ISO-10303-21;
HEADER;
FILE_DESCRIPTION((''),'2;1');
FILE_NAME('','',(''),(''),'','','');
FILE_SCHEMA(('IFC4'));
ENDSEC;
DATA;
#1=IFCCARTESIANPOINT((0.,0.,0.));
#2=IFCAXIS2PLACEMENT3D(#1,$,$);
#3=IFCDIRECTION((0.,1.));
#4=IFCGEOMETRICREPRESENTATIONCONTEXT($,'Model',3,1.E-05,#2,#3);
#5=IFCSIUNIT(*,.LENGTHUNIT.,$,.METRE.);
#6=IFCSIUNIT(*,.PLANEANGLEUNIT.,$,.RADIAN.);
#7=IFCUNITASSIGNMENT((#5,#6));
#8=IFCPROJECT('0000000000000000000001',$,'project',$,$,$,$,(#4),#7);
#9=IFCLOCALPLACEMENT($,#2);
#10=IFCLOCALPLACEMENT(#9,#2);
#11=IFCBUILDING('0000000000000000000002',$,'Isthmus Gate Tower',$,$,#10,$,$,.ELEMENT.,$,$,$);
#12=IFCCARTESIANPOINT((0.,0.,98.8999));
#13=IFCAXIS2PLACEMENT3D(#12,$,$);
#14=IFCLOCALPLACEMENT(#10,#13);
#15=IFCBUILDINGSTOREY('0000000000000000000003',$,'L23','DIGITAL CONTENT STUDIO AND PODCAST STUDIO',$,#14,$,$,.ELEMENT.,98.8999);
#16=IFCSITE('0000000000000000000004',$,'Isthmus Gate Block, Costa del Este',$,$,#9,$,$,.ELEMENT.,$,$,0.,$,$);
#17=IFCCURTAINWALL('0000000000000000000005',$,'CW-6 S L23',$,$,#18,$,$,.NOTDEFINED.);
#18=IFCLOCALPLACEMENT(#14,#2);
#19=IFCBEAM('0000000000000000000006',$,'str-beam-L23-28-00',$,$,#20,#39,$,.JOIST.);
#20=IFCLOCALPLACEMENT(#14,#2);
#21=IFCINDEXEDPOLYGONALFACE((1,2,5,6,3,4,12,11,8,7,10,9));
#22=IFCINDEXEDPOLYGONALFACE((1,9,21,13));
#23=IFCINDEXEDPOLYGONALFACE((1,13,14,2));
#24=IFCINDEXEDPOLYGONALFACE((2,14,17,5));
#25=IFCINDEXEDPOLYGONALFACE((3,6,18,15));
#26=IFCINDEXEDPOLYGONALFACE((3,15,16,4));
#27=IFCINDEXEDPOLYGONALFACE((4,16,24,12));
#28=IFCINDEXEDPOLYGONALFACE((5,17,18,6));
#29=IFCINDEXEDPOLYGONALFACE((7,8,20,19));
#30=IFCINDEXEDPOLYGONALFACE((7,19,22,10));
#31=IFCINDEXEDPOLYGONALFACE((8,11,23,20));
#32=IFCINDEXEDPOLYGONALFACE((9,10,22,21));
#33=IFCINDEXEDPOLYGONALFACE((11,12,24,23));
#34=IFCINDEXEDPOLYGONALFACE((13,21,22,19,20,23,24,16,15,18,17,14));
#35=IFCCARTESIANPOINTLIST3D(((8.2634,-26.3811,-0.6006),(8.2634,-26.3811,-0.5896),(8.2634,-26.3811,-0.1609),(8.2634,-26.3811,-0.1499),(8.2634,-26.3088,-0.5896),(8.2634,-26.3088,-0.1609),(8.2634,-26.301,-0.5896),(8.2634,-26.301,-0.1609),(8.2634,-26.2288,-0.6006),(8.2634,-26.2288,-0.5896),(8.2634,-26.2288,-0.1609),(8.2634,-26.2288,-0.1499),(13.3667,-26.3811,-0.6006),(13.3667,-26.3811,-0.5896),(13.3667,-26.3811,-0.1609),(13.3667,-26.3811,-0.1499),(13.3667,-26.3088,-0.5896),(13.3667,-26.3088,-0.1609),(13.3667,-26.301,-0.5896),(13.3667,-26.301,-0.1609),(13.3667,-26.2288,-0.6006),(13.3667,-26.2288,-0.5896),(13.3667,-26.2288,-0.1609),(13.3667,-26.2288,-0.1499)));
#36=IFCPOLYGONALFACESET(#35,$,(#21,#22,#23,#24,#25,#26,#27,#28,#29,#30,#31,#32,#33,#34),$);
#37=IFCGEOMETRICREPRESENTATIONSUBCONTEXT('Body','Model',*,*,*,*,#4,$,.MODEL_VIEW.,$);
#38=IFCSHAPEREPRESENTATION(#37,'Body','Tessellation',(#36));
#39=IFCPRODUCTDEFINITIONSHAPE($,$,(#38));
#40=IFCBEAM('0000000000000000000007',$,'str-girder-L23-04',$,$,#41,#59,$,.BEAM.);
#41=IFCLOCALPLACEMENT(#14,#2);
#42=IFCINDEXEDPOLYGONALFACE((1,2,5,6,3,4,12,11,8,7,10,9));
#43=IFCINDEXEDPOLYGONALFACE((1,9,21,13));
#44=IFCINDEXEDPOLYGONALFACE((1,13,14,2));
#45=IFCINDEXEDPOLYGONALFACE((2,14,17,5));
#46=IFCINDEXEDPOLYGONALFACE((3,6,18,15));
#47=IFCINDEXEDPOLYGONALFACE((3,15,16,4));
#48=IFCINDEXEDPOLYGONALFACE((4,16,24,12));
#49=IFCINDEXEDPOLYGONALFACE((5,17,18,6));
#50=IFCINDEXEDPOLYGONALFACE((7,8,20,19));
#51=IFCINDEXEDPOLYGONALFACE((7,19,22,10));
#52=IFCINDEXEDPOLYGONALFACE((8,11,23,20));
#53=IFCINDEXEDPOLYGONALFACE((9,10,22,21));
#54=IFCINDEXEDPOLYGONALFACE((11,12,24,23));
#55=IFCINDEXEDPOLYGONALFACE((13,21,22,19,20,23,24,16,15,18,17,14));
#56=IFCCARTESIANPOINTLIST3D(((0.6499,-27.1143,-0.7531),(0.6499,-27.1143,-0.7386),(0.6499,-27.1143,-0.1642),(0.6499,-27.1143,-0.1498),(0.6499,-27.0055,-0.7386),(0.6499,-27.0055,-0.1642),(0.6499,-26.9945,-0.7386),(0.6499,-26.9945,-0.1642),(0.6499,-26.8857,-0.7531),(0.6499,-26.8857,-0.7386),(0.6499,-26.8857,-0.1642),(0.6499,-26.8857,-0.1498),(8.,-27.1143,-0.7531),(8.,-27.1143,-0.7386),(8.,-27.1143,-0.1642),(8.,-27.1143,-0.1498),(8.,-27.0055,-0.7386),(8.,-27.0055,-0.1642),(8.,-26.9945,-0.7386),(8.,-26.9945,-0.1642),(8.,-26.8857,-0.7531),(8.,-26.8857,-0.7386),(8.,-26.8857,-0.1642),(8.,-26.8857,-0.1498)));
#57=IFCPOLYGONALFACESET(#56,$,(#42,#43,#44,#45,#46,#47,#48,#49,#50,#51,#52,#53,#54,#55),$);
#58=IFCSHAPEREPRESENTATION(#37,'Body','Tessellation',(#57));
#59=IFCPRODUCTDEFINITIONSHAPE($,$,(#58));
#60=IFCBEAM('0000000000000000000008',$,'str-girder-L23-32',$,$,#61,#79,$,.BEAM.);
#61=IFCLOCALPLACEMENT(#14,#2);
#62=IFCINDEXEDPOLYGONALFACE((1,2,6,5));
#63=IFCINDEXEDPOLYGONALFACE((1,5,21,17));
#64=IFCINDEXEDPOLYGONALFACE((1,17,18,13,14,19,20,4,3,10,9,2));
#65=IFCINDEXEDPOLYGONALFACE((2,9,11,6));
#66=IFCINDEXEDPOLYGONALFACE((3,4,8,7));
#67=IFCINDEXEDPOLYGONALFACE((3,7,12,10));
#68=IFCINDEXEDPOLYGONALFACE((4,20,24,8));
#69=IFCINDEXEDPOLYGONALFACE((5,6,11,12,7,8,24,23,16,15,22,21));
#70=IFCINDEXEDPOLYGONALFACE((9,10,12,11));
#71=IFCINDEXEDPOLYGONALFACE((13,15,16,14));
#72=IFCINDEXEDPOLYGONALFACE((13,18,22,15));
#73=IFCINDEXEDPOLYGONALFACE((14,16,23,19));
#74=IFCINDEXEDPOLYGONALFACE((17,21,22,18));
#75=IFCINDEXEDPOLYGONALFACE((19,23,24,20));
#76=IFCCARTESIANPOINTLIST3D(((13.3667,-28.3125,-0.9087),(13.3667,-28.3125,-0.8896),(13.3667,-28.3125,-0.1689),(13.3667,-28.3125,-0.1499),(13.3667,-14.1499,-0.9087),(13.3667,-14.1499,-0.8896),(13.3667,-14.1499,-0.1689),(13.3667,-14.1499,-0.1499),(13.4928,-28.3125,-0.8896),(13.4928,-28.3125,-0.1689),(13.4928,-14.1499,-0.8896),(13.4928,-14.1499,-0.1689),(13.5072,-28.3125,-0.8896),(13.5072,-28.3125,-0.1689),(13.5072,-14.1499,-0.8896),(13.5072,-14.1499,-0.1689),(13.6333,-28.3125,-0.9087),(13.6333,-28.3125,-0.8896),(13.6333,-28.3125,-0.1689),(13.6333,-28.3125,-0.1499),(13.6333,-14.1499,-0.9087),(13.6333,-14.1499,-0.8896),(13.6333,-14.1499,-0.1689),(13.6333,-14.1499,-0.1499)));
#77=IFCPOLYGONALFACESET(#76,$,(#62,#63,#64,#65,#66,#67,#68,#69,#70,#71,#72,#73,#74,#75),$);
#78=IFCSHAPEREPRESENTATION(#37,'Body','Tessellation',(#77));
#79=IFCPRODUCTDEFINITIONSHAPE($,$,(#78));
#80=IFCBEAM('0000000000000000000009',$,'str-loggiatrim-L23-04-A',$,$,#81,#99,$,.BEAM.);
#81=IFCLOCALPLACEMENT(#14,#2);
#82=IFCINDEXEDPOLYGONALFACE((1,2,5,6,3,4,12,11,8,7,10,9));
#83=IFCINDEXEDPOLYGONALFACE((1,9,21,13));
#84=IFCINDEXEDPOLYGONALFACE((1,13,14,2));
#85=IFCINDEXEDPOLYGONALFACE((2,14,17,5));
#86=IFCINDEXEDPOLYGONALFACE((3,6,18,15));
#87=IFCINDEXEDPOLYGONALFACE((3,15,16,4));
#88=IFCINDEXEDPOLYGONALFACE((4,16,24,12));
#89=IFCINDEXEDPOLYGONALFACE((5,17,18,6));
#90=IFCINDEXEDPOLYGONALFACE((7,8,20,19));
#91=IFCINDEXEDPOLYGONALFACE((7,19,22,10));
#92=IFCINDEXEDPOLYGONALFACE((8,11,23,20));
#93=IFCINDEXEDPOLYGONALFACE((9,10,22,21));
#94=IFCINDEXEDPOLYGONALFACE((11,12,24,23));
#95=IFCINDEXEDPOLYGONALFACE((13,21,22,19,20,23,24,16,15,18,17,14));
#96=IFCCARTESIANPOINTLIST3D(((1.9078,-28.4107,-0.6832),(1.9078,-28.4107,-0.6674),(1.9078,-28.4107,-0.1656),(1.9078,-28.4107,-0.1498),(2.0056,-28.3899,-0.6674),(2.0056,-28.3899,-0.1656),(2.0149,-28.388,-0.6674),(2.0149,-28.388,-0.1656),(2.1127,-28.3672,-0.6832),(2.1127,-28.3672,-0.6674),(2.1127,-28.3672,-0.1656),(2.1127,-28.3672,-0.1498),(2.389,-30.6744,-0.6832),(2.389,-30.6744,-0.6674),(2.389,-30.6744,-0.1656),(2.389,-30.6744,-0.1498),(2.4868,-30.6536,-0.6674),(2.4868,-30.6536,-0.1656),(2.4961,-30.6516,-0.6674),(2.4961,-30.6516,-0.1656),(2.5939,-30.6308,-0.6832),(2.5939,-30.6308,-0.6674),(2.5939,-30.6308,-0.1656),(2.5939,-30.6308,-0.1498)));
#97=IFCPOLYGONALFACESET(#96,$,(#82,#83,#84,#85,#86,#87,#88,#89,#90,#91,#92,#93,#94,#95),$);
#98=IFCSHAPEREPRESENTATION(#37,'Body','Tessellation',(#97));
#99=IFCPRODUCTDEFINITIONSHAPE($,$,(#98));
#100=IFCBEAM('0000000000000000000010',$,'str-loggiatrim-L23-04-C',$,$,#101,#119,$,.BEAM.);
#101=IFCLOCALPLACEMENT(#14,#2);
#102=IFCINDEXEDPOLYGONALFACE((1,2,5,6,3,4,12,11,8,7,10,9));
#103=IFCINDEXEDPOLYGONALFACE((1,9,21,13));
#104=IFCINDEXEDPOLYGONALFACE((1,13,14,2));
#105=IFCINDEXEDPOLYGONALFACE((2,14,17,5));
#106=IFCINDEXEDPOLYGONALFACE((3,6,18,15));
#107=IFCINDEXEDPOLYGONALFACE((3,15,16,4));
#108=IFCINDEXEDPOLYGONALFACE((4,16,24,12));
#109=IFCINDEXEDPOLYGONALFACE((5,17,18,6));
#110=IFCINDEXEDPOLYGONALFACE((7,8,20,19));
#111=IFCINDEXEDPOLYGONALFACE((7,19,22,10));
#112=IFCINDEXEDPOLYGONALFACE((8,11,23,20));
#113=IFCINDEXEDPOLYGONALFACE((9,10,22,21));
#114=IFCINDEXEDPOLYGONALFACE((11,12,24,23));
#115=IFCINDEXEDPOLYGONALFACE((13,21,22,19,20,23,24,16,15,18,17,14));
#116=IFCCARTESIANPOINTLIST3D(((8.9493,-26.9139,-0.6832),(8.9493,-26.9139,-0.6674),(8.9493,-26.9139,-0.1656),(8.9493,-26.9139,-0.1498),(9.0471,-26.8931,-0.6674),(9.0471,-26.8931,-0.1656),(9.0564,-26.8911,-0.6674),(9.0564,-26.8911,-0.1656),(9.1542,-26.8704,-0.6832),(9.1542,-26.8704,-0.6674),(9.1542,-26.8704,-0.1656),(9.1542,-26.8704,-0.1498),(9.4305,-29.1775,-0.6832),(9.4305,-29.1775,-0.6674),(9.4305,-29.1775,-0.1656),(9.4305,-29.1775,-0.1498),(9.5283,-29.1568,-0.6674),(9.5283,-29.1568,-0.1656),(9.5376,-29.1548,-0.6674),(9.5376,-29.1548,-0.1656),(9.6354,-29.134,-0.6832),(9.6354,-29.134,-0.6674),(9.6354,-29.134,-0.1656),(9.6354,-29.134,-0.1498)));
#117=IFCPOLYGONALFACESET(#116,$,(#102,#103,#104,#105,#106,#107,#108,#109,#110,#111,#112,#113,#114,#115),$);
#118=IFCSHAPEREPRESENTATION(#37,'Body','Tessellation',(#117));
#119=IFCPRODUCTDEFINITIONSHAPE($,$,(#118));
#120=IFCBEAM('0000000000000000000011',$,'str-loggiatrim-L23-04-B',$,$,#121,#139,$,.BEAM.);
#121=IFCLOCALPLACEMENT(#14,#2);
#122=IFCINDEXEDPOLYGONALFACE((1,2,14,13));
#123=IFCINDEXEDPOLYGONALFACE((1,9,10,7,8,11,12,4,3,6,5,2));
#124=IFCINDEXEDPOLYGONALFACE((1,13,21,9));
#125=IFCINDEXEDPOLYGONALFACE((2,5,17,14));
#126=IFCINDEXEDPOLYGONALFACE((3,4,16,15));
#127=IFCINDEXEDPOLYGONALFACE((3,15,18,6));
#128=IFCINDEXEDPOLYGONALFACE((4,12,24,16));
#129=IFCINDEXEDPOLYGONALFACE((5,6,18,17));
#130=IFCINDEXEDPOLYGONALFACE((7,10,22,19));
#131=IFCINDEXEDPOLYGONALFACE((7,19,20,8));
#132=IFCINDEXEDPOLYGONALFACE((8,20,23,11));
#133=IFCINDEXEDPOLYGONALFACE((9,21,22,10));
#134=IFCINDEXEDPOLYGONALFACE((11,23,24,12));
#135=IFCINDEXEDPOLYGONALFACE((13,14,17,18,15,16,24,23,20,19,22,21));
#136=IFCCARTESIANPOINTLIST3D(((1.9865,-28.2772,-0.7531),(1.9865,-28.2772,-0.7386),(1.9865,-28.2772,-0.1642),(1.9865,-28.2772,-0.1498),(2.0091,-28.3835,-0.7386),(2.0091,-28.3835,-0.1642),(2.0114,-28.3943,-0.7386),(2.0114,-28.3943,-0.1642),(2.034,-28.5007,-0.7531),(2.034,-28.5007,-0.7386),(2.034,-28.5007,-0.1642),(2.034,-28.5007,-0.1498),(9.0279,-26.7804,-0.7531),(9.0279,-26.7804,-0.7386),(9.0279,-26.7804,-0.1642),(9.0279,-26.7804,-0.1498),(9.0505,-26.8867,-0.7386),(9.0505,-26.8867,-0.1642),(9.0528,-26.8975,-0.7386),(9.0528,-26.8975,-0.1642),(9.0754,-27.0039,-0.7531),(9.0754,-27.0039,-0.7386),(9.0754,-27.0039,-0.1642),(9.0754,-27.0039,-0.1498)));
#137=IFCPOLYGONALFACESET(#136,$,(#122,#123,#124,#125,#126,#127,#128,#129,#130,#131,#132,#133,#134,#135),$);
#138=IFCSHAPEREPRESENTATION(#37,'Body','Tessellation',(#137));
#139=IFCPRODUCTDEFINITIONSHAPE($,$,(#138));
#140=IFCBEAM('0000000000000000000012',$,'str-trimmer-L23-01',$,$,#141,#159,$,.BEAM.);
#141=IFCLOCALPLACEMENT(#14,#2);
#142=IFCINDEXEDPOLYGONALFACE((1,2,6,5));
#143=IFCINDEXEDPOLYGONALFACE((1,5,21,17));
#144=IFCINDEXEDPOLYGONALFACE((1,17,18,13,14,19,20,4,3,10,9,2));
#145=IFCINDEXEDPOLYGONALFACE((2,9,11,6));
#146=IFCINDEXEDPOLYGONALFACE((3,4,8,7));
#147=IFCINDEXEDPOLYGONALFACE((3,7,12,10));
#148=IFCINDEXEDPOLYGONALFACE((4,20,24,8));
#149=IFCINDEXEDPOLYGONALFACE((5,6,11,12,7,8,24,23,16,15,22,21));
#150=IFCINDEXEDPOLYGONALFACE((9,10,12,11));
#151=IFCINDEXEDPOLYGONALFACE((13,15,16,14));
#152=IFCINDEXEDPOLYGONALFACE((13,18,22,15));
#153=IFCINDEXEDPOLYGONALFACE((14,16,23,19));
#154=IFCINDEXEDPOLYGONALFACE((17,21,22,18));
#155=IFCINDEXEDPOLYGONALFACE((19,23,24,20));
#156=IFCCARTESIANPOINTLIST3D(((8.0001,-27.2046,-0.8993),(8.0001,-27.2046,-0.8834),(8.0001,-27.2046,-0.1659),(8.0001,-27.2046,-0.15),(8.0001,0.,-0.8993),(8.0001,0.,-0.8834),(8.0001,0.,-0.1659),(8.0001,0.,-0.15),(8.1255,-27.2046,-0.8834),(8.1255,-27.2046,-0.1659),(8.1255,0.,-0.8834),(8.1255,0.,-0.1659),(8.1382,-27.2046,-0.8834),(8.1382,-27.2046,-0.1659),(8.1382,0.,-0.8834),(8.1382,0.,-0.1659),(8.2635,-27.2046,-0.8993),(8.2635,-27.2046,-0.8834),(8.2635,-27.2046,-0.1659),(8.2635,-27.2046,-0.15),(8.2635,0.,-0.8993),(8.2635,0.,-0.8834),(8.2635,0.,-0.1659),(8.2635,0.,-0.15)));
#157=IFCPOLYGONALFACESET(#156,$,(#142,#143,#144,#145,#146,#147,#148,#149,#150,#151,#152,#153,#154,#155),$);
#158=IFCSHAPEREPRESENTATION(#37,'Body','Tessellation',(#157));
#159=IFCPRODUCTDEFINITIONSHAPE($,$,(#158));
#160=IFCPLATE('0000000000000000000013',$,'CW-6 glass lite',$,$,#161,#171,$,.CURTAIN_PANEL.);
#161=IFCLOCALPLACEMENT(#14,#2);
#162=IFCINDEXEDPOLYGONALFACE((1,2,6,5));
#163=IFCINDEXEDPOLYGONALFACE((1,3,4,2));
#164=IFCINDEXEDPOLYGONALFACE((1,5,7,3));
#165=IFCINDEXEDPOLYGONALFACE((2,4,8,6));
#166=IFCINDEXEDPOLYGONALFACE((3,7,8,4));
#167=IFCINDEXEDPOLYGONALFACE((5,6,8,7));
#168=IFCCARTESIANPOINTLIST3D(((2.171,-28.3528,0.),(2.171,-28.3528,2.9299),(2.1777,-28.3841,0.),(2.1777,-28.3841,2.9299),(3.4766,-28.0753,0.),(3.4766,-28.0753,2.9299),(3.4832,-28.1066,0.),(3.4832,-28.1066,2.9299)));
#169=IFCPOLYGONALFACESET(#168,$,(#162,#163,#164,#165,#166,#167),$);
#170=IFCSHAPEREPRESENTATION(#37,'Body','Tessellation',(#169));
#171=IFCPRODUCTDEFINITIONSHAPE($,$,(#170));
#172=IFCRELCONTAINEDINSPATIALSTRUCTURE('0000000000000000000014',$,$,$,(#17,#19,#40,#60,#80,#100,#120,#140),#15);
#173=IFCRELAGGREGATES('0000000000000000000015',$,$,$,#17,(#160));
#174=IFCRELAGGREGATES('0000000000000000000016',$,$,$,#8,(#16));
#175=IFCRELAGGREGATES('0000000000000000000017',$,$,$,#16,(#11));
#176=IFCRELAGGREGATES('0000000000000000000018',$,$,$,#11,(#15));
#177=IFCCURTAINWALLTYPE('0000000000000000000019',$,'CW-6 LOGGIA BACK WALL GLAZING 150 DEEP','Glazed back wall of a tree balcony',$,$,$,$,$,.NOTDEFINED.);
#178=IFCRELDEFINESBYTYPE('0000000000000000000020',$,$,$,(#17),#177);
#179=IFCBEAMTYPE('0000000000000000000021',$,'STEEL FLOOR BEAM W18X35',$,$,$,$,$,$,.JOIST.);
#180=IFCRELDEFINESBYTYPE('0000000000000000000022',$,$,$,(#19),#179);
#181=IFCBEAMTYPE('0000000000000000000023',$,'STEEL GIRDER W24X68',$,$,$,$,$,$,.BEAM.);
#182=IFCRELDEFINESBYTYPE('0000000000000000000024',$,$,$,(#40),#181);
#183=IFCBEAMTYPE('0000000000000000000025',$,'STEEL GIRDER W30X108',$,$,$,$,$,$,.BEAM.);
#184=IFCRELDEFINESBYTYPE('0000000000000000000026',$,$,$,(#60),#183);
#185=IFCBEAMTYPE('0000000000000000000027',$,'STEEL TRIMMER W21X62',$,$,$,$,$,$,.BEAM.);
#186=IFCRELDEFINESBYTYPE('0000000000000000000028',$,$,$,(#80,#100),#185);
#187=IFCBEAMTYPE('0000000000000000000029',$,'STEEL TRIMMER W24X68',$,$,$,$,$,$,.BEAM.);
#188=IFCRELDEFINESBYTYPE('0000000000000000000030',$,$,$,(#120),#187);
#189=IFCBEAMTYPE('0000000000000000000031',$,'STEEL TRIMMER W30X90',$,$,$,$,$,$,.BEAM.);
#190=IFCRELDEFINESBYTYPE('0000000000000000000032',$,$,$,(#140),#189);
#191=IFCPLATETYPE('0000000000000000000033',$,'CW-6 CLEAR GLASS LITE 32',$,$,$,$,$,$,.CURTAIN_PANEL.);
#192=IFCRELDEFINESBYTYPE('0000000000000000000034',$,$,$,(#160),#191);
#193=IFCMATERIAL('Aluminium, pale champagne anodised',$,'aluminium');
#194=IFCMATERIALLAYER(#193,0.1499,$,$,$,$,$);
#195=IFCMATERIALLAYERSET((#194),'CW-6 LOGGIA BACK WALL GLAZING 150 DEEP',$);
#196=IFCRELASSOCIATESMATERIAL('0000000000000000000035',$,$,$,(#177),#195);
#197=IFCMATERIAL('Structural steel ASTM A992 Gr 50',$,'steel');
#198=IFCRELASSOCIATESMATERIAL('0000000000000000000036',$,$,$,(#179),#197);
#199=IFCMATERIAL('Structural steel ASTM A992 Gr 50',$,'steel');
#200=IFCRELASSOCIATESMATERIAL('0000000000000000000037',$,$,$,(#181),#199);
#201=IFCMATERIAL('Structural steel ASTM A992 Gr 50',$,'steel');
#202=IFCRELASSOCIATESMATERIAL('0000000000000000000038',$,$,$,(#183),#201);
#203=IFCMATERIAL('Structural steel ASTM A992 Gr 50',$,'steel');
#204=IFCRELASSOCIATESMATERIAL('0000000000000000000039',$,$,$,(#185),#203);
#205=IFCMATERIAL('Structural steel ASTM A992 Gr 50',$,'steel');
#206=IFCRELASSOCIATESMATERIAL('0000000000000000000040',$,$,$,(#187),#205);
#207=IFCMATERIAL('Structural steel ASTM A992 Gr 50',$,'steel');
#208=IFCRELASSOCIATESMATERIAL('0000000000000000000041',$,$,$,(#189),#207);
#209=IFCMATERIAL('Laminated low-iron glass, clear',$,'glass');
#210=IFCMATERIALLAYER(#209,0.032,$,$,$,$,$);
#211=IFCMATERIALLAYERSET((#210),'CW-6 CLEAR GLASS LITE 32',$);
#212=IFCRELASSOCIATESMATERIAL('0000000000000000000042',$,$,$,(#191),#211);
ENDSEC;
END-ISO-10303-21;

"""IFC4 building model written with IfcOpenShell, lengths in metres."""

from ifc_helpers import new_model, si_unit, direction, frame, origin, origin_2d, place, context, subcontext, project, spatial, rectangle, i_section, extrude, material, layer, layer_set, material_profile, profile_set, type_object, element, aggregate, save


model = new_model("IFC4")

# Units and contexts
model_context = context("Model", 3, precision=1e-05, world=origin(), true_north=direction((0.0, 1.0)))
body_context = subcontext(model_context, "Body", "Model", "MODEL_VIEW")
ifc_project = project(units=[si_unit("LENGTHUNIT", "METRE"), si_unit("PLANEANGLEUNIT", "RADIAN")], contexts=[model_context])

# Site, building, storey
site_placement = place(None, origin())
site = spatial("IfcSite", under=ifc_project, at=site_placement, Name="Isthmus Gate Block, Costa del Este", CompositionType="ELEMENT", RefElevation=0.0)
building_placement = place(site_placement, origin())
building = spatial("IfcBuilding", under=site, at=building_placement, Name="Isthmus Gate Tower", CompositionType="ELEMENT")
storey_placement = place(building_placement, frame((0.0, 0.0, 98.8999)))
storey = spatial("IfcBuildingStorey", under=building, at=storey_placement, Name="L23", Description="DIGITAL CONTENT STUDIO AND PODCAST STUDIO", CompositionType="ELEMENT", Elevation=98.8999)

# Curtain wall
ifc_material_1 = material(Name="Aluminium, pale champagne anodised", Category="aluminium")
ifc_layer_1 = layer(ifc_material_1, 0.1499)
ifc_layer_set_1 = layer_set([ifc_layer_1], Name="CW-6 LOGGIA BACK WALL GLAZING 150 DEEP")
curtain_wall_type_1 = type_object("IfcCurtainWallType", Name="CW-6 LOGGIA BACK WALL GLAZING 150 DEEP", Description="Glazed back wall of a tree balcony", PredefinedType="NOTDEFINED", material=ifc_layer_set_1)
curtain_wall_1_placement = place(storey_placement, origin())
curtain_wall_1 = element("IfcCurtainWall", 1, at=curtain_wall_1_placement, inside=storey, type_object=curtain_wall_type_1, Name="CW-6 S L23", PredefinedType="NOTDEFINED")

# Beams
ifc_material_2 = material(Name="Structural steel ASTM A992 Gr 50", Category="steel")
ifc_material_profile_1 = material_profile(ifc_material_2, i_section(OverallWidth=0.1523, OverallDepth=0.4507, WebThickness=0.0078, FlangeThickness=0.011, at=origin_2d()), Name="W18X35")
ifc_profile_set_1 = profile_set([ifc_material_profile_1], Name="Structural steel ASTM A992 Gr 50")
beam_type_1 = type_object("IfcBeamType", Name="STEEL FLOOR BEAM W18X35", PredefinedType="JOIST", material=ifc_profile_set_1)
beam_1_placement = place(storey_placement, frame((8.2634, -26.3049, -0.3752), z_axis=(1.0, 0.0, 0.0), x_axis=(0.0, 1.0, 0.0)))
element("IfcBeam", 2, at=beam_1_placement, inside=storey, type_object=beam_type_1, Name="str-beam-L23-28-00", PredefinedType="JOIST", context=body_context, shape_type="SweptSolid", body=[
    extrude(i_section(OverallWidth=0.1523, OverallDepth=0.4507, WebThickness=0.0078, FlangeThickness=0.011, at=origin_2d()), origin(), (0.0, 0.0, 1.0), 5.1033),
])
ifc_material_3 = material(Name="Structural steel ASTM A992 Gr 50", Category="steel")
ifc_material_profile_2 = material_profile(ifc_material_3, i_section(OverallWidth=0.2285, OverallDepth=0.6033, WebThickness=0.011, FlangeThickness=0.0144, at=origin_2d()), Name="W24X68")
ifc_profile_set_2 = profile_set([ifc_material_profile_2], Name="Structural steel ASTM A992 Gr 50")
beam_type_2 = type_object("IfcBeamType", Name="STEEL GIRDER W24X68", PredefinedType="BEAM", material=ifc_profile_set_2)
beam_2_placement = place(storey_placement, frame((0.6499, -27.0, -0.4514), z_axis=(1.0, 0.0, 0.0), x_axis=(0.0, 1.0, 0.0)))
element("IfcBeam", 3, at=beam_2_placement, inside=storey, type_object=beam_type_2, Name="str-girder-L23-04", PredefinedType="BEAM", context=body_context, shape_type="SweptSolid", body=[
    extrude(i_section(OverallWidth=0.2285, OverallDepth=0.6033, WebThickness=0.011, FlangeThickness=0.0144, at=origin_2d()), origin(), (0.0, 0.0, 1.0), 7.3501),
])
ifc_material_4 = material(Name="Structural steel ASTM A992 Gr 50", Category="steel")
ifc_material_profile_3 = material_profile(ifc_material_4, i_section(OverallWidth=0.2666, OverallDepth=0.7588, WebThickness=0.0144, FlangeThickness=0.019, at=origin_2d()), Name="W30X108")
ifc_profile_set_3 = profile_set([ifc_material_profile_3], Name="Structural steel ASTM A992 Gr 50")
beam_type_3 = type_object("IfcBeamType", Name="STEEL GIRDER W30X108", PredefinedType="BEAM", material=ifc_profile_set_3)
beam_3_placement = place(storey_placement, frame((13.5, -28.3125, -0.5293), z_axis=(0.0, 1.0, 0.0), x_axis=(-1.0, 0.0, 0.0)))
element("IfcBeam", 4, at=beam_3_placement, inside=storey, type_object=beam_type_3, Name="str-girder-L23-32", PredefinedType="BEAM", context=body_context, shape_type="SweptSolid", body=[
    extrude(i_section(OverallWidth=0.2666, OverallDepth=0.7588, WebThickness=0.0144, FlangeThickness=0.019, at=origin_2d()), origin(), (0.0, 0.0, 1.0), 14.1626),
])
ifc_material_5 = material(Name="Structural steel ASTM A992 Gr 50", Category="steel")
ifc_material_profile_4 = material_profile(ifc_material_5, i_section(OverallWidth=0.2095, OverallDepth=0.5334, WebThickness=0.0095, FlangeThickness=0.0159, at=origin_2d()), Name="W21X62")
ifc_profile_set_4 = profile_set([ifc_material_profile_4], Name="Structural steel ASTM A992 Gr 50")
beam_type_4 = type_object("IfcBeamType", Name="STEEL TRIMMER W21X62", PredefinedType="BEAM", material=ifc_profile_set_4)
for number, where, z_axis, x_axis, name in (
    (5, (2.4915, -30.6526, -0.4165), (-0.207929, 0.978144, 0.0), (-0.978144, -0.207929, 0.0), "str-loggiatrim-L23-04-A"),
    (6, (9.533, -29.1558, -0.4165), (-0.207929, 0.978144, 0.0), (-0.978144, -0.207929, 0.0), "str-loggiatrim-L23-04-C"),
):
    element("IfcBeam", number, at=place(storey_placement, frame(where, z_axis=z_axis, x_axis=x_axis)), inside=storey, type_object=beam_type_4, Name=name, PredefinedType="BEAM", context=body_context, shape_type="SweptSolid", body=[
        extrude(i_section(OverallWidth=0.2095, OverallDepth=0.5334, WebThickness=0.0095, FlangeThickness=0.0159, at=origin_2d()), origin(), (0.0, 0.0, 1.0), 2.3142),
    ])
ifc_material_6 = material(Name="Structural steel ASTM A992 Gr 50", Category="steel")
ifc_material_profile_5 = material_profile(ifc_material_6, i_section(OverallWidth=0.2285, OverallDepth=0.6033, WebThickness=0.011, FlangeThickness=0.0144, at=origin_2d()), Name="W24X68")
ifc_profile_set_5 = profile_set([ifc_material_profile_5], Name="Structural steel ASTM A992 Gr 50")
beam_type_5 = type_object("IfcBeamType", Name="STEEL TRIMMER W24X68", PredefinedType="BEAM", material=ifc_profile_set_5)
beam_4_placement = place(storey_placement, frame((2.0103, -28.3889, -0.4514), z_axis=(0.978145, 0.207926, 0.0), x_axis=(-0.207926, 0.978145, 0.0)))
element("IfcBeam", 7, at=beam_4_placement, inside=storey, type_object=beam_type_5, Name="str-loggiatrim-L23-04-B", PredefinedType="BEAM", context=body_context, shape_type="SweptSolid", body=[
    extrude(i_section(OverallWidth=0.2285, OverallDepth=0.6033, WebThickness=0.011, FlangeThickness=0.0144, at=origin_2d()), origin(), (0.0, 0.0, 1.0), 7.1987),
])
ifc_material_7 = material(Name="Structural steel ASTM A992 Gr 50", Category="steel")
ifc_material_profile_6 = material_profile(ifc_material_7, i_section(OverallWidth=0.2634, OverallDepth=0.7493, WebThickness=0.0127, FlangeThickness=0.0159, at=origin_2d()), Name="W30X90")
ifc_profile_set_6 = profile_set([ifc_material_profile_6], Name="Structural steel ASTM A992 Gr 50")
beam_type_6 = type_object("IfcBeamType", Name="STEEL TRIMMER W30X90", PredefinedType="BEAM", material=ifc_profile_set_6)
beam_5_placement = place(storey_placement, frame((8.1318, -27.2046, -0.5247), z_axis=(0.0, 1.0, 0.0), x_axis=(-1.0, 0.0, 0.0)))
element("IfcBeam", 8, at=beam_5_placement, inside=storey, type_object=beam_type_6, Name="str-trimmer-L23-01", PredefinedType="BEAM", context=body_context, shape_type="SweptSolid", body=[
    extrude(i_section(OverallWidth=0.2634, OverallDepth=0.7493, WebThickness=0.0127, FlangeThickness=0.0159, at=origin_2d()), origin(), (0.0, 0.0, 1.0), 27.2046),
])

# Plate
ifc_material_8 = material(Name="Laminated low-iron glass, clear", Category="glass")
ifc_layer_2 = layer(ifc_material_8, 0.032)
ifc_layer_set_2 = layer_set([ifc_layer_2], Name="CW-6 CLEAR GLASS LITE 32")
plate_type = type_object("IfcPlateType", Name="CW-6 CLEAR GLASS LITE 32", PredefinedType="CURTAIN_PANEL", material=ifc_layer_set_2)
plate_1_placement = place(storey_placement, frame((2.8271, -28.2297, 0.0), z_axis=(0.0, 0.0, 1.0), x_axis=(0.978148, 0.207912, 0.0)))
plate_1 = element("IfcPlate", 9, at=plate_1_placement, type_object=plate_type, Name="CW-6 glass lite", PredefinedType="CURTAIN_PANEL", context=body_context, shape_type="SweptSolid", body=[
    extrude(rectangle(XDim=1.3347, YDim=0.032, at=origin_2d()), origin(), (0.0, 0.0, 1.0), 2.9299),
])
aggregate(curtain_wall_1, [plate_1])

save(model, "model.ifc")
